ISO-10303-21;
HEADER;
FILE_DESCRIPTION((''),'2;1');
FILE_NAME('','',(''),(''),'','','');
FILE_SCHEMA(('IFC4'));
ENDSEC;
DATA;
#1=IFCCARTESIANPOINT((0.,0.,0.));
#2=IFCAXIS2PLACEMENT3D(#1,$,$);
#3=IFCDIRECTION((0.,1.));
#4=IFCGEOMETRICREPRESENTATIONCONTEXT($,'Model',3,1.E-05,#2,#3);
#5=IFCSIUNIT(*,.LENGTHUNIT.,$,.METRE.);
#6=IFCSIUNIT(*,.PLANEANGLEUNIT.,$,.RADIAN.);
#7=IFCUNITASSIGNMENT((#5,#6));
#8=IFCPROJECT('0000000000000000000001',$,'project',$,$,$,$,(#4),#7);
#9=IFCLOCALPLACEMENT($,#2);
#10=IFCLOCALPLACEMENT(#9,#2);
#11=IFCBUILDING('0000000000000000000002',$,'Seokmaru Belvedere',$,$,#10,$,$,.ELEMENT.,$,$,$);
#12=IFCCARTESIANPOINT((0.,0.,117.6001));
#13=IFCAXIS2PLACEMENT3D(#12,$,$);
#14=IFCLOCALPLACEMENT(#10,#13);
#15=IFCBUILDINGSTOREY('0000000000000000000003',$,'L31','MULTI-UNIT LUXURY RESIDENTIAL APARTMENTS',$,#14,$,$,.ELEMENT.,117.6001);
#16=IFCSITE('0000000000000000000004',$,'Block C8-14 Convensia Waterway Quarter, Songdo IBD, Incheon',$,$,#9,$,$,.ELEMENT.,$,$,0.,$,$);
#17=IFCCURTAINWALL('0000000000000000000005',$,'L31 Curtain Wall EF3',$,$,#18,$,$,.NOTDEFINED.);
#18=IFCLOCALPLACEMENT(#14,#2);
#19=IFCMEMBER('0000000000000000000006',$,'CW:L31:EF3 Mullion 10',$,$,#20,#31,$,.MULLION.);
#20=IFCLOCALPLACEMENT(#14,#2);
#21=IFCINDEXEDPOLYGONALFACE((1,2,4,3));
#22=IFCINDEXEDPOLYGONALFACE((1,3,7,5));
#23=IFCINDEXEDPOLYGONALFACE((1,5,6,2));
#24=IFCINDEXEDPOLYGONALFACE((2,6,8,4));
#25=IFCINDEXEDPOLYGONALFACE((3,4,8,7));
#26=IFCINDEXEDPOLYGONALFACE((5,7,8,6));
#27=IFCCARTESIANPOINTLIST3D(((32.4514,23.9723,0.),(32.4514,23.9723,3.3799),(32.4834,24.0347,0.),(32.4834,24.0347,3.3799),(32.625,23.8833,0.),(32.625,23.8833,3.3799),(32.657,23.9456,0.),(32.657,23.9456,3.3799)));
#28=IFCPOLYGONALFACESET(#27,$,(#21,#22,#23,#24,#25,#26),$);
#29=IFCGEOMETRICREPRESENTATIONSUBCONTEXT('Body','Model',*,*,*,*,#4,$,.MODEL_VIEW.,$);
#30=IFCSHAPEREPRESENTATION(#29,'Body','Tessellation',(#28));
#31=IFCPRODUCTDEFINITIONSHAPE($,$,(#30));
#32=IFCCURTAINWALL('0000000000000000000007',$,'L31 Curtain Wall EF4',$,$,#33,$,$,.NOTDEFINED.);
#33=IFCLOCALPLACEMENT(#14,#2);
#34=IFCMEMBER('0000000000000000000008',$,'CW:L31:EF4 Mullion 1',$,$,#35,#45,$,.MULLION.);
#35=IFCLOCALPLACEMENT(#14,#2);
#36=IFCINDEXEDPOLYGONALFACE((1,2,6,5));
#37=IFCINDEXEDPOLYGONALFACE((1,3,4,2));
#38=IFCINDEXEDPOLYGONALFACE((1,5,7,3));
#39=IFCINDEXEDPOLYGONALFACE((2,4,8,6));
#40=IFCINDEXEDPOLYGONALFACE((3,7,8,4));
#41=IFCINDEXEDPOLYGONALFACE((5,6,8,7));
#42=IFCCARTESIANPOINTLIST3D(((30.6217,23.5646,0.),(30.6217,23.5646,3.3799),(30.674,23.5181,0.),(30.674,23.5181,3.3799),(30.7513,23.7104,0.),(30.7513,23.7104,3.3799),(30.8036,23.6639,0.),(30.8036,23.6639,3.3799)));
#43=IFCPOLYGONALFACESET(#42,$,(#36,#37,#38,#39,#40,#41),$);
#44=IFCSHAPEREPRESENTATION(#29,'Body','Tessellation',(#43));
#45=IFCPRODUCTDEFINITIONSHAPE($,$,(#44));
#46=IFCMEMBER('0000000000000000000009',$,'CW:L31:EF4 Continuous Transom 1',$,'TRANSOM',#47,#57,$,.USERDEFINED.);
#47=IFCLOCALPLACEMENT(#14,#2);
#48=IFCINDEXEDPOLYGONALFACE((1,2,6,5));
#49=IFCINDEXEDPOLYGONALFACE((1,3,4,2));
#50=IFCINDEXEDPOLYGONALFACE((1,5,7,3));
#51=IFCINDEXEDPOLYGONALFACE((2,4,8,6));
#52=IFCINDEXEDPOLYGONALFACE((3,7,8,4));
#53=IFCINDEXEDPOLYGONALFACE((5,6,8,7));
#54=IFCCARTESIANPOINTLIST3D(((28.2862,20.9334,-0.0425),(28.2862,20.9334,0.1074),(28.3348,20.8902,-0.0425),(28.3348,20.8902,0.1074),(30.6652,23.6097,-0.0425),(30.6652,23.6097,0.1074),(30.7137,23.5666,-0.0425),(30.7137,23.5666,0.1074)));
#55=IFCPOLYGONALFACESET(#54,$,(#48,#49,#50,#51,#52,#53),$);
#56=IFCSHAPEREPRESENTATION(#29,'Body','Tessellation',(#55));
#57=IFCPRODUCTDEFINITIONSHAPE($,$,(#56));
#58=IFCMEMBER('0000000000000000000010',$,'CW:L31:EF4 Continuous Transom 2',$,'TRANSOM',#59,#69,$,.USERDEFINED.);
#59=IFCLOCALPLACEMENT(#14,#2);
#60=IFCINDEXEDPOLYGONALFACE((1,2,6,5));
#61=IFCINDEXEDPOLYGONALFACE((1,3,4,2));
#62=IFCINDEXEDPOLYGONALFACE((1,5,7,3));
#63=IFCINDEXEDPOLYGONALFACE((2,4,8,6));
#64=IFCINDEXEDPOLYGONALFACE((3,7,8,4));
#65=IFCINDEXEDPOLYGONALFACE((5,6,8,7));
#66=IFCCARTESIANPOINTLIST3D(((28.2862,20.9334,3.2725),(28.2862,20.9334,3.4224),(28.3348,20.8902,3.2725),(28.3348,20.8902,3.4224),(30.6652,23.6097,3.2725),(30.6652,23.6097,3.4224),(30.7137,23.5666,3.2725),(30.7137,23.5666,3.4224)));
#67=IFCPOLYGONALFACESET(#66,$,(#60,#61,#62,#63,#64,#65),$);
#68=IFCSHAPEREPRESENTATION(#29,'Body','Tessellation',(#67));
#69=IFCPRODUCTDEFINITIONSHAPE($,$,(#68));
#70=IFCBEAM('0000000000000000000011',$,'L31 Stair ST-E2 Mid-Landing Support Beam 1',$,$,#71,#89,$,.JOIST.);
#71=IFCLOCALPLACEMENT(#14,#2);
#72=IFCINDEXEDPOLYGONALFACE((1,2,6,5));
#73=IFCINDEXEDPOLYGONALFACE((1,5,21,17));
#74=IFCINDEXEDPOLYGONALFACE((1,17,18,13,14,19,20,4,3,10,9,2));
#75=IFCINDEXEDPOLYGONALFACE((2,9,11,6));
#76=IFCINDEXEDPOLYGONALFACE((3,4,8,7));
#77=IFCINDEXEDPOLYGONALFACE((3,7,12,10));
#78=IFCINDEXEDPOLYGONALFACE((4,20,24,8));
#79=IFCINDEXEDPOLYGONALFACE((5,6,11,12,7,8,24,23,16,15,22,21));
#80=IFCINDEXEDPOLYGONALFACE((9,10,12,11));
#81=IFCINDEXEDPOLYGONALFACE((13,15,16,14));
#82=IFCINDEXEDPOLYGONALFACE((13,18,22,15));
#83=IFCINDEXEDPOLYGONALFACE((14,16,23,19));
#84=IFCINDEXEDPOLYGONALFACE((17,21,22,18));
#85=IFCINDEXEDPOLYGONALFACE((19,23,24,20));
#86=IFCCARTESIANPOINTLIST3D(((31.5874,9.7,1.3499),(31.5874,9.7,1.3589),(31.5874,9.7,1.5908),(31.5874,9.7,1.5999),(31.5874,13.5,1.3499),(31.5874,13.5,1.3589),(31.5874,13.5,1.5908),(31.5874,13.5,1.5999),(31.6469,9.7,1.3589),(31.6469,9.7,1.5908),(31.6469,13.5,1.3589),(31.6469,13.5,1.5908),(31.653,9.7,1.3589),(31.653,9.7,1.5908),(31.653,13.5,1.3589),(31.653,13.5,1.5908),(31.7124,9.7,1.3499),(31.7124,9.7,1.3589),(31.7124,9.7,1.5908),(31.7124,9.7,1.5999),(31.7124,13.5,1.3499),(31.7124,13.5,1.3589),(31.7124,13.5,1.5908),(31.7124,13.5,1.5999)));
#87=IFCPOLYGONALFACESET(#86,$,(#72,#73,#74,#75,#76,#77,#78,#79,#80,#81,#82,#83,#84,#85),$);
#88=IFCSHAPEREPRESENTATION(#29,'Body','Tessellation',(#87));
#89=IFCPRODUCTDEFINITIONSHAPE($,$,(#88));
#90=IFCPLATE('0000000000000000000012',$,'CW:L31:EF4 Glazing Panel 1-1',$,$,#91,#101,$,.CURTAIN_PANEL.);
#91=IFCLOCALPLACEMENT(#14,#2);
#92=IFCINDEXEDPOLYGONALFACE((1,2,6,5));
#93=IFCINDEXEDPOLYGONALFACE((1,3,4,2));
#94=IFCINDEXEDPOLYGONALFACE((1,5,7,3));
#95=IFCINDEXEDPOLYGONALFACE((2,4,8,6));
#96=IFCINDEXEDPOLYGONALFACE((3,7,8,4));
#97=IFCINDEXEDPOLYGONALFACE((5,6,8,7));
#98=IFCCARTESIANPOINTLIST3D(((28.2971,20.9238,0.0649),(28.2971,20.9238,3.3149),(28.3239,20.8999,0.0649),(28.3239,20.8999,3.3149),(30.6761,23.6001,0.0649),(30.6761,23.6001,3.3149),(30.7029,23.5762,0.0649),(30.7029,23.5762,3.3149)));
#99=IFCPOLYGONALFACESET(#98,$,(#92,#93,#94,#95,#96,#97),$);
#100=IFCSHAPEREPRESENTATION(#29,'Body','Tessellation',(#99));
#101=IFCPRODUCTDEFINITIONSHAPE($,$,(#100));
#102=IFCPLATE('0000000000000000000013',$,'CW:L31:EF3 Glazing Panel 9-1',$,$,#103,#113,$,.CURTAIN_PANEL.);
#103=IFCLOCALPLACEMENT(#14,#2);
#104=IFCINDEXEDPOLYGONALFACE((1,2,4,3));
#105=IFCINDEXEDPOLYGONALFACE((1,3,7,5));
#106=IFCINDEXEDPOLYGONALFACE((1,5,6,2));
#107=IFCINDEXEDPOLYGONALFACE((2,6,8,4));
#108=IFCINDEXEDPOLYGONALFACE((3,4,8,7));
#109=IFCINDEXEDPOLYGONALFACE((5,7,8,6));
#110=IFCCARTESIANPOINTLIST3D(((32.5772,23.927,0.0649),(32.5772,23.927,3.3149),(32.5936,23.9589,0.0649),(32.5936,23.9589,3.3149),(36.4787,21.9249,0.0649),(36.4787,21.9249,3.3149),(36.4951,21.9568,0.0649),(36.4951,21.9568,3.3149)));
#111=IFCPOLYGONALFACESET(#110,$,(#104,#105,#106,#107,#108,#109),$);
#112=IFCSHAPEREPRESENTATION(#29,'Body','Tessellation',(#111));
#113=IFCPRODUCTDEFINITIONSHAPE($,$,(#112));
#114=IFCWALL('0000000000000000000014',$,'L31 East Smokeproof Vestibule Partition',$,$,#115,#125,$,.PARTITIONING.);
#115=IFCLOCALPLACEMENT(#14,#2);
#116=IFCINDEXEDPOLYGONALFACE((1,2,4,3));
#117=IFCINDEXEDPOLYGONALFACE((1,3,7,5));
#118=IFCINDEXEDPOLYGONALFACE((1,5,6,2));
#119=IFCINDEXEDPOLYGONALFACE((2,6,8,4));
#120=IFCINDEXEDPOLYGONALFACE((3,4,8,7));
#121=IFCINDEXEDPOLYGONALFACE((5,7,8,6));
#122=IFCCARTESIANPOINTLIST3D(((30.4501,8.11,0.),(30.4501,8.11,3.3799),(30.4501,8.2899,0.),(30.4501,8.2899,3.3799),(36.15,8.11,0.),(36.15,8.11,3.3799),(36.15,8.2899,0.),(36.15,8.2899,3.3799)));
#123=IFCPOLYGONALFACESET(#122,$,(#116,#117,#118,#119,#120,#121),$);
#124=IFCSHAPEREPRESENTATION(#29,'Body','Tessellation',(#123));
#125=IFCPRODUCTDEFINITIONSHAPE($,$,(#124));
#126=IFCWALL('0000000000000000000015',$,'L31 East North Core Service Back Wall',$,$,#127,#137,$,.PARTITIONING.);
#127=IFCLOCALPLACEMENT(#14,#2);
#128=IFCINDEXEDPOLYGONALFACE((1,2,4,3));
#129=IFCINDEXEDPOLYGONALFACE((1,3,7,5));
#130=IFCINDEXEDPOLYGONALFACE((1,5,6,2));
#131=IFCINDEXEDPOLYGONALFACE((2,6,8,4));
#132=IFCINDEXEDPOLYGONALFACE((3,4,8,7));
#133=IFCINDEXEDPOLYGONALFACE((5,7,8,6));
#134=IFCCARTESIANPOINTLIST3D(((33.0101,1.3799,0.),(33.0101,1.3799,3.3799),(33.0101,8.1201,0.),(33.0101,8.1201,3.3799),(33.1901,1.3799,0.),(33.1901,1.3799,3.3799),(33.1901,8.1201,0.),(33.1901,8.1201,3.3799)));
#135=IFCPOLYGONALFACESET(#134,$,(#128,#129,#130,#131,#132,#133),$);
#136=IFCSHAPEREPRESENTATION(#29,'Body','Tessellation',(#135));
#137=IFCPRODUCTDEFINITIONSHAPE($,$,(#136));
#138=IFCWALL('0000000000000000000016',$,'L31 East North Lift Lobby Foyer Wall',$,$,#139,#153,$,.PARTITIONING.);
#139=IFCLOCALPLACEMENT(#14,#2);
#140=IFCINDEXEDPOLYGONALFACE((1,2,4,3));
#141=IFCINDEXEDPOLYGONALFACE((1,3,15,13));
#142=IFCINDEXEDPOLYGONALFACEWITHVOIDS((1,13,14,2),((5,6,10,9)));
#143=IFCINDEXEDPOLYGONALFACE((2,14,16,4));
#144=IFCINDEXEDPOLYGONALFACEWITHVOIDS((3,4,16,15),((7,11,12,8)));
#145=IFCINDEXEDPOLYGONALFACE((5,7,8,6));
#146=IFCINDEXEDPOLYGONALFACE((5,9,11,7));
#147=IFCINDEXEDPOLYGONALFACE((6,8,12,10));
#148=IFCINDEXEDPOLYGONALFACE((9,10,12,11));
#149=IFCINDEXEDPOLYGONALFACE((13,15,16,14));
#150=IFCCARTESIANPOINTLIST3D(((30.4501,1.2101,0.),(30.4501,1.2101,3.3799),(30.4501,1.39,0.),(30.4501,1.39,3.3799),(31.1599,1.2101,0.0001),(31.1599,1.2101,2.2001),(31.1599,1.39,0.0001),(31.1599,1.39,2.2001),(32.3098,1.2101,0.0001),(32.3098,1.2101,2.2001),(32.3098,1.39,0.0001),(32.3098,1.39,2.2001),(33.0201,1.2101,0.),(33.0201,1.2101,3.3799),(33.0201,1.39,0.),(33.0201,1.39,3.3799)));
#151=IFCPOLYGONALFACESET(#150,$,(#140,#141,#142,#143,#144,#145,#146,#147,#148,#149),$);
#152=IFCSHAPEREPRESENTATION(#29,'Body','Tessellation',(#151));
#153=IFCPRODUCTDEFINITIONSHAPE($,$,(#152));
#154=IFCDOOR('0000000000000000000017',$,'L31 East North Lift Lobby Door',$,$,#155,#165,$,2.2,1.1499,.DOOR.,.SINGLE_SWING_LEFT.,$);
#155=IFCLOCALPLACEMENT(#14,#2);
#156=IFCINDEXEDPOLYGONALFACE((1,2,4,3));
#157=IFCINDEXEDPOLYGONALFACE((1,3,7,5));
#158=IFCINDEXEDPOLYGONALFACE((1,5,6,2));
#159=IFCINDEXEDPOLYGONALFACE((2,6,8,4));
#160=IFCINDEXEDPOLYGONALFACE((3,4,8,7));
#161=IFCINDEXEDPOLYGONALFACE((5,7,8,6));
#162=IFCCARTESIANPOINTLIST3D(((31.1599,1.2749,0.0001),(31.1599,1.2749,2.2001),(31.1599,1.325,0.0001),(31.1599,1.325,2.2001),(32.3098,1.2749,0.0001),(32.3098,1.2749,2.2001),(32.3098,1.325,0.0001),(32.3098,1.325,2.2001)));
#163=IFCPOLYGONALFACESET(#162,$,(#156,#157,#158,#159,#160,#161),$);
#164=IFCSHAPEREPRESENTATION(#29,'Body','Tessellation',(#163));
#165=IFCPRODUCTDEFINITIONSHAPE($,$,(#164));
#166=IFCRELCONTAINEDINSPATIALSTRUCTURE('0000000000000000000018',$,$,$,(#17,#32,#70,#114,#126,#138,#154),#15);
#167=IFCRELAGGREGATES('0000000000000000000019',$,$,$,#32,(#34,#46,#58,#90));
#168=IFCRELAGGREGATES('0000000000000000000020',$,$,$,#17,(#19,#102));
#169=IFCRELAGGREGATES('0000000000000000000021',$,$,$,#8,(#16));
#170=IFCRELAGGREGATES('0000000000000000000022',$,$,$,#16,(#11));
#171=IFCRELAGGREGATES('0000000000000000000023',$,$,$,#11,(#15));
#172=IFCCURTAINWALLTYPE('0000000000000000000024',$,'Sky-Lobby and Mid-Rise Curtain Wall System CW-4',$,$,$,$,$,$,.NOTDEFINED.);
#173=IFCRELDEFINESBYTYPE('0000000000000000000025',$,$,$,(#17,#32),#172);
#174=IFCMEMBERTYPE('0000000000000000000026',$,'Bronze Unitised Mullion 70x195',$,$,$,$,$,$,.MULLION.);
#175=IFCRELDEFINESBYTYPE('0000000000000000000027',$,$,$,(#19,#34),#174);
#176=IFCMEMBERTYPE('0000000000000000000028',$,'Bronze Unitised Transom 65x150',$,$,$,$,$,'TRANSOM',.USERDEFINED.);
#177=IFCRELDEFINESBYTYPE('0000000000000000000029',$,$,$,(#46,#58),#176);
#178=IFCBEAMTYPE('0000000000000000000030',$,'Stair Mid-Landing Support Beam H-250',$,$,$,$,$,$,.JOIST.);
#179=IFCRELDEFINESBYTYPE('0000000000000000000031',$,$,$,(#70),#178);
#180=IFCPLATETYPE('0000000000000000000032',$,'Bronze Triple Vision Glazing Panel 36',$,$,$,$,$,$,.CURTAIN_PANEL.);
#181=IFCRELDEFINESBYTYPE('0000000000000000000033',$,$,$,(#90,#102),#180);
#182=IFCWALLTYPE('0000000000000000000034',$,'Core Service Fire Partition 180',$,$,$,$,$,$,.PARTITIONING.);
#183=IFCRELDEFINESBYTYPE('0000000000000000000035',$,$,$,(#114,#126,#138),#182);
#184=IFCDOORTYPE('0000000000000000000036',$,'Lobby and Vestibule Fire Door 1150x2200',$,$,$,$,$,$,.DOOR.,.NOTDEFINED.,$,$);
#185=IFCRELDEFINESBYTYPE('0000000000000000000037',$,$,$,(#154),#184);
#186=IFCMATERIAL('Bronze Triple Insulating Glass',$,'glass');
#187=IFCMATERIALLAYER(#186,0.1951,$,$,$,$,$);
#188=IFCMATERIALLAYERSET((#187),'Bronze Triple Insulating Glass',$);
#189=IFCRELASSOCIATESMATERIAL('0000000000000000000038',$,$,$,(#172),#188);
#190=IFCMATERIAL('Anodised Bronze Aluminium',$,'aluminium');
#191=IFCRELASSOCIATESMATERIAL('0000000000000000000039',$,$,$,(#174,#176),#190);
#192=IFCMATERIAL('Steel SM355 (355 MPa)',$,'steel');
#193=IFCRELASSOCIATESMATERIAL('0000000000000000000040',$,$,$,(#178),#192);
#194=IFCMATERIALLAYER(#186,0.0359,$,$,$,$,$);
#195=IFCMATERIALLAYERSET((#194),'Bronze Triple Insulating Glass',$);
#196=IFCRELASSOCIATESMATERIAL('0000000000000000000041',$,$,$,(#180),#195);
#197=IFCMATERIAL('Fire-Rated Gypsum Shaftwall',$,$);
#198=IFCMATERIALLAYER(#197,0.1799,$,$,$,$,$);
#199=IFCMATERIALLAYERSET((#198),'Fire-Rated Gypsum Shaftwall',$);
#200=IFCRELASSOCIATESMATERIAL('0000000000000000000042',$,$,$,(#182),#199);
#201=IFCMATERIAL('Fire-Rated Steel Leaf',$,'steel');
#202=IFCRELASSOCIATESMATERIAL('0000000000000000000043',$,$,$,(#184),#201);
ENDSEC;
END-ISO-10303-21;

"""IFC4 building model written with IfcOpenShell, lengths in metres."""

from ifc_helpers import new_model, si_unit, direction, frame, frame_2d, origin, origin_2d, place, context, subcontext, project, spatial, rectangle, i_section, extrude, source, transform, mapped, material, layer, layer_set, material_profile, profile_set, type_object, type_shapes, element, fill, aggregate, save


model = new_model("IFC4")

# Units and contexts
model_context = context("Model", 3, precision=1e-05, world=origin(), true_north=direction((0.0, 1.0)))
body_context = subcontext(model_context, "Body", "Model", "MODEL_VIEW")
ifc_project = project(units=[si_unit("LENGTHUNIT", "METRE"), si_unit("PLANEANGLEUNIT", "RADIAN")], contexts=[model_context])

# Site, building, storey
site_placement = place(None, origin())
site = spatial("IfcSite", under=ifc_project, at=site_placement, Name="Block C8-14 Convensia Waterway Quarter, Songdo IBD, Incheon", CompositionType="ELEMENT", RefElevation=0.0)
building_placement = place(site_placement, origin())
building = spatial("IfcBuilding", under=site, at=building_placement, Name="Seokmaru Belvedere", CompositionType="ELEMENT")
storey_placement = place(building_placement, frame((0.0, 0.0, 117.6001)))
storey = spatial("IfcBuildingStorey", under=building, at=storey_placement, Name="L31", Description="MULTI-UNIT LUXURY RESIDENTIAL APARTMENTS", CompositionType="ELEMENT", Elevation=117.6001)

# Shared definitions
ifc_material_1 = material(Name="Steel SM355 (355 MPa)", Category="steel")

# Curtain wall, member
ifc_material_2 = material(Name="Bronze Triple Insulating Glass", Category="glass")
ifc_layer_1 = layer(ifc_material_2, 0.1951)
ifc_layer_set_1 = layer_set([ifc_layer_1], Name="Bronze Triple Insulating Glass")
curtain_wall_type = type_object("IfcCurtainWallType", Name="Sky-Lobby and Mid-Rise Curtain Wall System CW-4", PredefinedType="NOTDEFINED", material=ifc_layer_set_1)
curtain_wall_1_placement = place(storey_placement, origin())
curtain_wall_1 = element("IfcCurtainWall", 1, at=curtain_wall_1_placement, inside=storey, type_object=curtain_wall_type, Name="L31 Curtain Wall EF3", PredefinedType="NOTDEFINED")
ifc_material_3 = material(Name="Anodised Bronze Aluminium", Category="aluminium")
ifc_material_profile_1 = material_profile(ifc_material_3, rectangle(XDim=0.0701, YDim=0.1951, at=origin_2d()), Name="CW-M-70x195")
ifc_profile_set_1 = profile_set([ifc_material_profile_1], Name="Anodised Bronze Aluminium")
member_type_1 = type_object("IfcMemberType", Name="Bronze Unitised Mullion 70x195", PredefinedType="MULLION", material=ifc_profile_set_1)
shared_shape_1 = source(origin(), body_context, "Body", "SweptSolid", [
    extrude(rectangle(XDim=0.0701, YDim=0.1951, at=origin_2d()), origin(), (0.0, 0.0, 1.0), 3.3799),
])
type_shapes(member_type_1, [shared_shape_1])
member_1_placement = place(storey_placement, frame((32.5542, 23.959, 0.0), z_axis=(0.0, 0.0, 1.0), x_axis=(-0.456555, -0.889695, 0.0)))
member_1 = element("IfcMember", 2, at=member_1_placement, type_object=member_type_1, Name="CW:L31:EF3 Mullion 10", PredefinedType="MULLION", context=body_context, shape_type="MappedRepresentation", body=[
    mapped(shared_shape_1, transform((0.0, 0.0, 0.0), scale=1.0)),
])

# Curtain wall, members
curtain_wall_2_placement = place(storey_placement, origin())
curtain_wall_2 = element("IfcCurtainWall", 3, at=curtain_wall_2_placement, inside=storey, type_object=curtain_wall_type, Name="L31 Curtain Wall EF4", PredefinedType="NOTDEFINED")
member_2_placement = place(storey_placement, frame((30.7126, 23.6143, 0.0), z_axis=(0.0, 0.0, 1.0), x_axis=(0.74741, -0.664363, 0.0)))
member_2 = element("IfcMember", 4, at=member_2_placement, type_object=member_type_1, Name="CW:L31:EF4 Mullion 1", PredefinedType="MULLION", context=body_context, shape_type="MappedRepresentation", body=[
    mapped(shared_shape_1, transform((0.0, 0.0, 0.0), scale=1.0)),
])
ifc_material_profile_2 = material_profile(ifc_material_3, rectangle(XDim=0.0649, YDim=0.1499, at=origin_2d()), Name="CW-T-65x150")
ifc_profile_set_2 = profile_set([ifc_material_profile_2], Name="Anodised Bronze Aluminium")
member_type_2 = type_object("IfcMemberType", Name="Bronze Unitised Transom 65x150", ElementType="TRANSOM", PredefinedType="USERDEFINED", material=ifc_profile_set_2)
shared_shape_2 = source(origin(), body_context, "Body", "SweptSolid", [
    extrude(rectangle(XDim=0.0649, YDim=0.1499, at=origin_2d()), origin(), (0.0, 0.0, 1.0), 3.5808),
])
type_shapes(member_type_2, [shared_shape_2])
member_3_placement = place(storey_placement, frame((30.6895, 23.5881, 0.0325), z_axis=(-0.664364, -0.747409, 0.0), x_axis=(0.747409, -0.664364, 0.0)))
member_3 = element("IfcMember", 5, at=member_3_placement, type_object=member_type_2, Name="CW:L31:EF4 Continuous Transom 1", ObjectType="TRANSOM", PredefinedType="USERDEFINED", context=body_context, shape_type="MappedRepresentation", body=[
    mapped(shared_shape_2, transform((0.0, 0.0, 0.0), scale=1.0)),
])
member_4_placement = place(storey_placement, frame((30.6895, 23.5881, 3.3474), z_axis=(-0.664364, -0.747409, 0.0), x_axis=(0.747409, -0.664364, 0.0)))
member_4 = element("IfcMember", 6, at=member_4_placement, type_object=member_type_2, Name="CW:L31:EF4 Continuous Transom 2", ObjectType="TRANSOM", PredefinedType="USERDEFINED", context=body_context, shape_type="MappedRepresentation", body=[
    mapped(shared_shape_2, transform((0.0, 0.0, 0.0), scale=1.0)),
])

# Beam
ifc_material_profile_3 = material_profile(ifc_material_1, i_section(OverallWidth=0.125, OverallDepth=0.25, WebThickness=0.0061, FlangeThickness=0.009, at=origin_2d()), Name="H-250x125x6x9")
ifc_profile_set_3 = profile_set([ifc_material_profile_3], Name="Steel SM355 (355 MPa)")
beam_type_1 = type_object("IfcBeamType", Name="Stair Mid-Landing Support Beam H-250", PredefinedType="JOIST", material=ifc_profile_set_3)
shared_shape_3 = source(origin(), body_context, "Body", "SweptSolid", [
    extrude(i_section(OverallWidth=0.125, OverallDepth=0.25, WebThickness=0.0061, FlangeThickness=0.009, at=origin_2d()), origin(), (0.0, 0.0, 1.0), 3.8),
])
type_shapes(beam_type_1, [shared_shape_3])
beam_1_placement = place(storey_placement, frame((31.6499, 9.7, 1.4749), z_axis=(0.0, 1.0, 0.0), x_axis=(-1.0, 0.0, 0.0)))
element("IfcBeam", 7, at=beam_1_placement, inside=storey, type_object=beam_type_1, Name="L31 Stair ST-E2 Mid-Landing Support Beam 1", PredefinedType="JOIST", context=body_context, shape_type="MappedRepresentation", body=[
    mapped(shared_shape_3, transform((0.0, 0.0, 0.0), scale=1.0)),
])

# Plates
ifc_layer_2 = layer(ifc_material_2, 0.0359)
ifc_layer_set_2 = layer_set([ifc_layer_2], Name="Bronze Triple Insulating Glass")
plate_type = type_object("IfcPlateType", Name="Bronze Triple Vision Glazing Panel 36", PredefinedType="CURTAIN_PANEL", material=ifc_layer_set_2)
shared_shape_4 = source(origin(), body_context, "Body", "SweptSolid", [
    extrude(rectangle(XDim=3.5808, YDim=0.0359, at=origin_2d()), origin(), (0.0, 0.0, 1.0), 3.25),
])
plate_1_placement = place(storey_placement, frame((29.5, 22.25, 0.0649), z_axis=(0.0, 0.0, 1.0), x_axis=(-0.664363, -0.74741, 0.0)))
plate_1 = element("IfcPlate", 8, at=plate_1_placement, type_object=plate_type, Name="CW:L31:EF4 Glazing Panel 1-1", PredefinedType="CURTAIN_PANEL", context=body_context, shape_type="MappedRepresentation", body=[
    mapped(shared_shape_4, transform((0.0, 0.0, 0.0), scale=1.0)),
])
aggregate(curtain_wall_2, [member_2, member_3, member_4, plate_1])
shared_shape_5 = source(origin(), body_context, "Body", "SweptSolid", [
    extrude(rectangle(XDim=4.3853, YDim=0.0359, at=origin_2d()), origin(), (0.0, 0.0, 1.0), 3.25),
])
type_shapes(plate_type, [shared_shape_4, shared_shape_5])
plate_2_placement = place(storey_placement, frame((34.5361, 22.9419, 0.0649), z_axis=(0.0, 0.0, 1.0), x_axis=(-0.889695, 0.456555, 0.0)))
plate_2 = element("IfcPlate", 9, at=plate_2_placement, type_object=plate_type, Name="CW:L31:EF3 Glazing Panel 9-1", PredefinedType="CURTAIN_PANEL", context=body_context, shape_type="MappedRepresentation", body=[
    mapped(shared_shape_5, transform((0.0, 0.0, 0.0), scale=1.0)),
])
aggregate(curtain_wall_1, [member_1, plate_2])

# Walls
ifc_material_4 = material(Name="Fire-Rated Gypsum Shaftwall")
ifc_layer_3 = layer(ifc_material_4, 0.1799)
ifc_layer_set_3 = layer_set([ifc_layer_3], Name="Fire-Rated Gypsum Shaftwall")
wall_type_1 = type_object("IfcWallType", Name="Core Service Fire Partition 180", PredefinedType="PARTITIONING", material=ifc_layer_set_3)
wall_1_placement = place(storey_placement, frame((30.45, 8.2, 0.0), z_axis=(0.0, 0.0, 1.0), x_axis=(1.0, 0.0, 0.0)))
element("IfcWall", 10, at=wall_1_placement, inside=storey, type_object=wall_type_1, Name="L31 East Smokeproof Vestibule Partition", PredefinedType="PARTITIONING", context=body_context, shape_type="SweptSolid", body=[
    extrude(rectangle(XDim=5.7, YDim=0.1799, at=frame_2d((2.8501, 0.0))), origin(), (0.0, 0.0, 1.0), 3.3799),
])
wall_2_placement = place(storey_placement, frame((33.1001, 1.3799, 0.0), z_axis=(0.0, 0.0, 1.0), x_axis=(0.0, 1.0, 0.0)))
element("IfcWall", 11, at=wall_2_placement, inside=storey, type_object=wall_type_1, Name="L31 East North Core Service Back Wall", PredefinedType="PARTITIONING", context=body_context, shape_type="SweptSolid", body=[
    extrude(rectangle(XDim=6.7402, YDim=0.1799, at=frame_2d((3.3701, 0.0))), origin(), (0.0, 0.0, 1.0), 3.3799),
])

# Wall, opening, door
wall_3_placement = place(storey_placement, frame((30.45, 1.3, 0.0), z_axis=(0.0, 0.0, 1.0), x_axis=(1.0, 0.0, 0.0)))
wall_3 = element("IfcWall", 12, at=wall_3_placement, inside=storey, type_object=wall_type_1, Name="L31 East North Lift Lobby Foyer Wall", PredefinedType="PARTITIONING", context=body_context, shape_type="SweptSolid", body=[
    extrude(rectangle(XDim=2.5701, YDim=0.1799, at=frame_2d((1.2852, 0.0))), origin(), (0.0, 0.0, 1.0), 3.3799),
])
opening_1_placement = place(wall_3_placement, frame((0.71, 0.0, 0.0)))
opening_1 = element("IfcOpeningElement", 13, at=opening_1_placement, cuts=wall_3, PredefinedType="OPENING", context=body_context, shape_type="SweptSolid", body=[
    extrude(rectangle(XDim=1.1499, YDim=2.2, at=frame_2d((0.575, 1.1001))), frame((0.0, 0.1001, 0.0), z_axis=(0.0, -1.0, 0.0), x_axis=(1.0, 0.0, 0.0)), (0.0, 0.0, 1.0), 0.2),
])
ifc_material_5 = material(Name="Fire-Rated Steel Leaf", Category="steel")
door_type_1 = type_object("IfcDoorType", Name="Lobby and Vestibule Fire Door 1150x2200", OperationType="NOTDEFINED", PredefinedType="DOOR", material=ifc_material_5)
shared_shape_6 = source(origin(), body_context, "Body", "SweptSolid", [
    extrude(rectangle(XDim=1.1499, YDim=2.2, at=frame_2d((0.575, 1.1001))), frame((0.0, 0.0249, 0.0), z_axis=(0.0, -1.0, 0.0), x_axis=(1.0, 0.0, 0.0)), (0.0, 0.0, 1.0), 0.05),
])
type_shapes(door_type_1, [shared_shape_6])
door_1_placement = place(opening_1_placement, origin())
door_1 = element("IfcDoor", 14, at=door_1_placement, inside=storey, type_object=door_type_1, Name="L31 East North Lift Lobby Door", OperationType="SINGLE_SWING_LEFT", OverallHeight=2.2, OverallWidth=1.1499, PredefinedType="DOOR", context=body_context, shape_type="MappedRepresentation", body=[
    mapped(shared_shape_6, transform((0.0, 0.0, 0.0), scale=1.0)),
])
fill(opening_1, door_1)

save(model, "model.ifc")
